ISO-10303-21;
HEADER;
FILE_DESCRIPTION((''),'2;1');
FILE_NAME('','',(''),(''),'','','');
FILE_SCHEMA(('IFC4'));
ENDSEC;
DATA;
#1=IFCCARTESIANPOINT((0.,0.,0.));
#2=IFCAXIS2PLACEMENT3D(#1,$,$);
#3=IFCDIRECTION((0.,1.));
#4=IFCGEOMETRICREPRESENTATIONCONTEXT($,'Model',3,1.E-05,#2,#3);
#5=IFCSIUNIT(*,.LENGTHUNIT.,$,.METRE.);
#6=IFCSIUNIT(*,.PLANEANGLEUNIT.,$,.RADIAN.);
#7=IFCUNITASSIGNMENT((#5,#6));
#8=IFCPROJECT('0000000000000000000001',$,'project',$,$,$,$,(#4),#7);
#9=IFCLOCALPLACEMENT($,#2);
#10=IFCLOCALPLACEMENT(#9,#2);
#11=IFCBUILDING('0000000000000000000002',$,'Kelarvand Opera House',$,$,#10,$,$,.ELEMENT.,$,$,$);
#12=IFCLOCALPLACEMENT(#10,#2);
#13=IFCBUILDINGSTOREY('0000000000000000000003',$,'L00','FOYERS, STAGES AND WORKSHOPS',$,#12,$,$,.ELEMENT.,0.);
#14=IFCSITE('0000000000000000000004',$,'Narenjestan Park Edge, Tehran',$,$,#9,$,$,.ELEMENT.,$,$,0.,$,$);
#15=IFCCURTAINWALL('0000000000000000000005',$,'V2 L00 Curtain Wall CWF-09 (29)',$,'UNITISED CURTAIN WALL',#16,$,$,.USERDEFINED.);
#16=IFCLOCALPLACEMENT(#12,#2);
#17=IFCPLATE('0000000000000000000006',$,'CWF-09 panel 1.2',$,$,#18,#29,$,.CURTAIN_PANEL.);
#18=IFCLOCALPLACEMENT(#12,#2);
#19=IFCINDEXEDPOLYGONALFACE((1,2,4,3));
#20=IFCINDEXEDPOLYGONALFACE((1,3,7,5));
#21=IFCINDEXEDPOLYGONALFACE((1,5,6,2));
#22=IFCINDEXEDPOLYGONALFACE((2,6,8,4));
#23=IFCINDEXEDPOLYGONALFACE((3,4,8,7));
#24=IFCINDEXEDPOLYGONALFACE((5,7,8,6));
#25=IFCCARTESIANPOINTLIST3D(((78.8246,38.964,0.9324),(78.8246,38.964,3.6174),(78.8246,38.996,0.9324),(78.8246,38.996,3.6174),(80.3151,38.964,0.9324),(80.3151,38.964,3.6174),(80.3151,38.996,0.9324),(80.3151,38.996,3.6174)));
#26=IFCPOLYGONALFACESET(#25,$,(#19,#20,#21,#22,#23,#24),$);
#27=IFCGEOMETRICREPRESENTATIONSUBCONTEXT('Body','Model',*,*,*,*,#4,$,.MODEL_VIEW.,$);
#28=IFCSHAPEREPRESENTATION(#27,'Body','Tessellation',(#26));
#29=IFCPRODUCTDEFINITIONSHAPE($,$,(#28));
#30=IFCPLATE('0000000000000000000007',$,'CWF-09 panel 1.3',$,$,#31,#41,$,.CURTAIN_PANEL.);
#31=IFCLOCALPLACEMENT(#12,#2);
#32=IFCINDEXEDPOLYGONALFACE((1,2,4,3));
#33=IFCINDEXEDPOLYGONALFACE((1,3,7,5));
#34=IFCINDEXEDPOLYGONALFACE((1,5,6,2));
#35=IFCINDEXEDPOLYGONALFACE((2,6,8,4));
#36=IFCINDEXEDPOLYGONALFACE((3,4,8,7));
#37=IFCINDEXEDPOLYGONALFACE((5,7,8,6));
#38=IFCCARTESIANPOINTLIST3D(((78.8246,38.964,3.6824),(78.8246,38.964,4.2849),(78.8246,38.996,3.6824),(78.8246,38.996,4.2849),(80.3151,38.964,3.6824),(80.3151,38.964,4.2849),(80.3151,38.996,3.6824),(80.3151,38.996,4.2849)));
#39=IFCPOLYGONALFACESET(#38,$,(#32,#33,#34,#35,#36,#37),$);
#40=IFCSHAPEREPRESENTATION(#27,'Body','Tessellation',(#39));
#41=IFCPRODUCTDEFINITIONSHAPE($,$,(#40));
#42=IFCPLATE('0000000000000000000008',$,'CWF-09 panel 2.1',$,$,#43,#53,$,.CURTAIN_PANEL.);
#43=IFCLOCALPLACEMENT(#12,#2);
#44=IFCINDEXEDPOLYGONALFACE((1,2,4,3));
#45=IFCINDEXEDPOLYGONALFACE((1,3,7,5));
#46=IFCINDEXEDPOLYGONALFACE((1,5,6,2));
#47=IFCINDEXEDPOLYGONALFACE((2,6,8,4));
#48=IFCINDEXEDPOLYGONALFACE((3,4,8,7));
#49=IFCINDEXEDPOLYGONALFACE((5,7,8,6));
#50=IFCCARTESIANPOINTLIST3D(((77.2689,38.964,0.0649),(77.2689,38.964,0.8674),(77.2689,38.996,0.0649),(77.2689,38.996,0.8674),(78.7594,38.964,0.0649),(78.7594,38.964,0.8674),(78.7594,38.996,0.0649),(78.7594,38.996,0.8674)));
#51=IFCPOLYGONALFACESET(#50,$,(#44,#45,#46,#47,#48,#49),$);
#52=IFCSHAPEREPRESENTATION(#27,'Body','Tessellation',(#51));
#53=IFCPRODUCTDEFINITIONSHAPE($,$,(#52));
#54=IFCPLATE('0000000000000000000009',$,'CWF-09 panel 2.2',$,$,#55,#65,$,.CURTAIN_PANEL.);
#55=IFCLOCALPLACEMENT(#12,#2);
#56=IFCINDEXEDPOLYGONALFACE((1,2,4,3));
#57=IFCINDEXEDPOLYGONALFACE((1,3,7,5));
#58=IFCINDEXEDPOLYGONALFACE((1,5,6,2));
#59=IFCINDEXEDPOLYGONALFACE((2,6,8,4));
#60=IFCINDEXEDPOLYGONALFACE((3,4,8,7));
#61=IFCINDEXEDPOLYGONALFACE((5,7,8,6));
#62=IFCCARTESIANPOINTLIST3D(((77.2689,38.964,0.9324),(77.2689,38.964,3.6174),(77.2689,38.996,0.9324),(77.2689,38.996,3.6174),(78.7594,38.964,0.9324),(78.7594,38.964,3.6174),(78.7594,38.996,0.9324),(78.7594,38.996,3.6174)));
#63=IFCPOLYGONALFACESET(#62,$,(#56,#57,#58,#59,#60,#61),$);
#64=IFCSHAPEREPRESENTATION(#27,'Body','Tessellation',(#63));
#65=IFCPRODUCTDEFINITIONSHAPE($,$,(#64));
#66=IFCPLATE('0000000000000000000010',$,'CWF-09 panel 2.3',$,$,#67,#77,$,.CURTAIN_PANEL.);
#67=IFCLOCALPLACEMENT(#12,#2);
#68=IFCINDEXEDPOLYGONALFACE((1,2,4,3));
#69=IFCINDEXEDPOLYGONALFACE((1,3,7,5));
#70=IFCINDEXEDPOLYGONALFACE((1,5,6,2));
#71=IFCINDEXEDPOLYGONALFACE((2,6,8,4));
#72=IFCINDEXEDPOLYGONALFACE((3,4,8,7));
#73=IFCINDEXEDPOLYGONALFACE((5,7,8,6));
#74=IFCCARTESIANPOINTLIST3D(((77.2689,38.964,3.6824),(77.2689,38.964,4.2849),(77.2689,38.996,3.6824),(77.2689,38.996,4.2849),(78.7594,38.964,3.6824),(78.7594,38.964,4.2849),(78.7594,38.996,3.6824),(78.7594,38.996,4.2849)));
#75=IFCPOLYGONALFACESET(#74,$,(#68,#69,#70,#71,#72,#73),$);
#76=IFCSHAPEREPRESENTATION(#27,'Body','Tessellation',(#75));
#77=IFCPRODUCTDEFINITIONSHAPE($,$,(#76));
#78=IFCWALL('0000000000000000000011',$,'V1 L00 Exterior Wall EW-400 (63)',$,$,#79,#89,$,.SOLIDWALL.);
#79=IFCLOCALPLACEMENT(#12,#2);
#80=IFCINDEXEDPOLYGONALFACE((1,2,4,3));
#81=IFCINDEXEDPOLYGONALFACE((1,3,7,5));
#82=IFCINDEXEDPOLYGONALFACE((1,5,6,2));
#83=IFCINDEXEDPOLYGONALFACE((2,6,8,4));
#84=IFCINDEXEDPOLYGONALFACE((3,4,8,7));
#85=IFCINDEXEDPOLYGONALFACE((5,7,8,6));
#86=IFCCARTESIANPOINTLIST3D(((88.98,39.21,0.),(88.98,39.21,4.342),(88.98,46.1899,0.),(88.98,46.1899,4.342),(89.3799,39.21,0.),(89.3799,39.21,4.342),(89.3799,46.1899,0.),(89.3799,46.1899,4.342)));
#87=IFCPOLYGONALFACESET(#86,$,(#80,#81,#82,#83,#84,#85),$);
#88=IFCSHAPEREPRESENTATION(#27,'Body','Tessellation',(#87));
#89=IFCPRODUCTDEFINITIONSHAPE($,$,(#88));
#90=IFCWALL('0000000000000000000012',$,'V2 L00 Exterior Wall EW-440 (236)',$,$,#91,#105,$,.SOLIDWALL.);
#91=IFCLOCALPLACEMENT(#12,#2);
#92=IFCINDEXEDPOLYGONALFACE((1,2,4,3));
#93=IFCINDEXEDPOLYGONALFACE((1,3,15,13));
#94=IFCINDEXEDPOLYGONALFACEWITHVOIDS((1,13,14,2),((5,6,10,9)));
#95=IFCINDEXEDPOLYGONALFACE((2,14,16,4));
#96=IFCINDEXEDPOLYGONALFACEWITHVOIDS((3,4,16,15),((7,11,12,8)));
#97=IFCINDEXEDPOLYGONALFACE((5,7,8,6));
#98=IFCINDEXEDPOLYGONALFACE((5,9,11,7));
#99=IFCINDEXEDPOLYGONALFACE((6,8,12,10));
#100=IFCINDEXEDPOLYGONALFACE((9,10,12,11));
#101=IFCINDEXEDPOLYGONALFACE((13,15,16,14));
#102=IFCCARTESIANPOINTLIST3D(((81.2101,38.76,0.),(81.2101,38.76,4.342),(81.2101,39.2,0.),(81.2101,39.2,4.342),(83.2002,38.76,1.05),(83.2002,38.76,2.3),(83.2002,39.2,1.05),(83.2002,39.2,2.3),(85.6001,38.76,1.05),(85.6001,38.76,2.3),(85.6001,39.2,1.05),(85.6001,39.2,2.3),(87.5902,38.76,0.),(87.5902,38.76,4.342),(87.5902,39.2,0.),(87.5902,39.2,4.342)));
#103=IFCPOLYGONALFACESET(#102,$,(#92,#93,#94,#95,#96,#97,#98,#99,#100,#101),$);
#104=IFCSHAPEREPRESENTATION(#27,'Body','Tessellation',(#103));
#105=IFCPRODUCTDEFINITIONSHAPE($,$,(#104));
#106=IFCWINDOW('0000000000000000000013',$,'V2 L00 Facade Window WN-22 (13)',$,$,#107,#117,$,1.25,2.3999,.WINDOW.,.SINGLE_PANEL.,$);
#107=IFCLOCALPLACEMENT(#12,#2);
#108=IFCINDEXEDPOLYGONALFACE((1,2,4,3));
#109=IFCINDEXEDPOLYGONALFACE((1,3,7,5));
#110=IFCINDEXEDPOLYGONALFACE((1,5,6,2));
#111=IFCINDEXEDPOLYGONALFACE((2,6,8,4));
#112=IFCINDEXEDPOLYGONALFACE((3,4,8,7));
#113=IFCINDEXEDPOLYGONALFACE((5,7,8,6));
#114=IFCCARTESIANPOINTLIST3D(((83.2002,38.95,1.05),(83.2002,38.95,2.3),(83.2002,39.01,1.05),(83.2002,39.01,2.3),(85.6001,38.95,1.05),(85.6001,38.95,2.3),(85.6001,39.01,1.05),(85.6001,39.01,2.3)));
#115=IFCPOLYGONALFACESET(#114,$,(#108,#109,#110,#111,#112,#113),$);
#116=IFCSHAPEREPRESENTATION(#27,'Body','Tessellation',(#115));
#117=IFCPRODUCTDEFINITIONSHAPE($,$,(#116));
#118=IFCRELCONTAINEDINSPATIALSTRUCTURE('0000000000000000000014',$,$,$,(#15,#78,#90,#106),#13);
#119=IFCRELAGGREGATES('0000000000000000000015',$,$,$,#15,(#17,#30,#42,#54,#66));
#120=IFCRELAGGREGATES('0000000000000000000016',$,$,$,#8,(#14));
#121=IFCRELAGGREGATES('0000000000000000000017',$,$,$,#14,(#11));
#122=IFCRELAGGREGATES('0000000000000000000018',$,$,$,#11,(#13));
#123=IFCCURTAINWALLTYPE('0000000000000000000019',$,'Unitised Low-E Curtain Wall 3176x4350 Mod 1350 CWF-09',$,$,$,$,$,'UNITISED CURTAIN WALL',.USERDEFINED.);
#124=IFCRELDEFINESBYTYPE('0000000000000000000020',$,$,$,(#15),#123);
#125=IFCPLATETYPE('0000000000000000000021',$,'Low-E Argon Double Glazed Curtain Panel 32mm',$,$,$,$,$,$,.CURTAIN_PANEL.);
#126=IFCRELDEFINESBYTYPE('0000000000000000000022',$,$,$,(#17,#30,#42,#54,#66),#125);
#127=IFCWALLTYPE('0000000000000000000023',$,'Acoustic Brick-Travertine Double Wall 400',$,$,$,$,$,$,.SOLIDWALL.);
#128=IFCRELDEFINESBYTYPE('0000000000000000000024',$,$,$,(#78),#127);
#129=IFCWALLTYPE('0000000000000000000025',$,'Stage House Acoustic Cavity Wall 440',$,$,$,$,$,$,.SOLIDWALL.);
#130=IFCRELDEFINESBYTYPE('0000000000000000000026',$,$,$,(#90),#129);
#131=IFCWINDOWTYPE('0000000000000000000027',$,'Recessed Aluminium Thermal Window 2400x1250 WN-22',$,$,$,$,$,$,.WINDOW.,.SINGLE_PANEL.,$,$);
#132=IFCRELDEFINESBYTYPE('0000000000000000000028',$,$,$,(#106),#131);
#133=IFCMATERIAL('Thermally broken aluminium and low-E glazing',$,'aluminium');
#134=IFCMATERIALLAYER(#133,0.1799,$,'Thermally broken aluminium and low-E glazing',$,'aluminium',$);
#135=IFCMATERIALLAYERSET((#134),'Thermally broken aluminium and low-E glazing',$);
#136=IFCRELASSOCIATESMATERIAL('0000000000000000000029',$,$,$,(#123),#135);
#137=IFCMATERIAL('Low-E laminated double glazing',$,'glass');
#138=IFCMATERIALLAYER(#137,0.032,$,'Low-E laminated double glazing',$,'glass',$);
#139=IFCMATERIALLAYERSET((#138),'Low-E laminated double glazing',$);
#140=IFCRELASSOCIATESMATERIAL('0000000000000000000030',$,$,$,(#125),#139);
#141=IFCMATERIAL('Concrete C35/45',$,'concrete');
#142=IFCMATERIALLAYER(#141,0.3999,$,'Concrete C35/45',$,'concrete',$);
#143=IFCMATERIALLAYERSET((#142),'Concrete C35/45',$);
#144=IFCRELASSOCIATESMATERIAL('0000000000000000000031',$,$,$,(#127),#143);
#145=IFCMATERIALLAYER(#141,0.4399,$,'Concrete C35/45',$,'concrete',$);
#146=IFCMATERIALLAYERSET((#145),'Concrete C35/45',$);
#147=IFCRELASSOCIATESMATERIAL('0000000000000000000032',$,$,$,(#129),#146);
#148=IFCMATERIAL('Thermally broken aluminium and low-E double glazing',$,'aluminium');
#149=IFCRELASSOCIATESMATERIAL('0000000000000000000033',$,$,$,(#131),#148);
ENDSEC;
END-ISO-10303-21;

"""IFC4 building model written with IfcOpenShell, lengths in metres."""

from ifc_helpers import new_model, si_unit, direction, frame, frame_2d, origin, origin_2d, place, context, subcontext, project, spatial, rectangle, extrude, material, layer, layer_set, type_object, element, fill, aggregate, save


model = new_model("IFC4")

# Units and contexts
model_context = context("Model", 3, precision=1e-05, world=origin(), true_north=direction((0.0, 1.0)))
body_context = subcontext(model_context, "Body", "Model", "MODEL_VIEW")
ifc_project = project(units=[si_unit("LENGTHUNIT", "METRE"), si_unit("PLANEANGLEUNIT", "RADIAN")], contexts=[model_context])

# Site, building, storey
site_placement = place(None, origin())
site = spatial("IfcSite", under=ifc_project, at=site_placement, Name="Narenjestan Park Edge, Tehran", CompositionType="ELEMENT", RefElevation=0.0)
building_placement = place(site_placement, origin())
building = spatial("IfcBuilding", under=site, at=building_placement, Name="Kelarvand Opera House", CompositionType="ELEMENT")
storey_placement = place(building_placement, origin())
storey = spatial("IfcBuildingStorey", under=building, at=storey_placement, Name="L00", Description="FOYERS, STAGES AND WORKSHOPS", CompositionType="ELEMENT", Elevation=0.0)

# Curtain wall
ifc_material_1 = material(Name="Thermally broken aluminium and low-E glazing", Category="aluminium")
ifc_layer_1 = layer(ifc_material_1, 0.1799, Name="Thermally broken aluminium and low-E glazing", Category="aluminium")
ifc_layer_set_1 = layer_set([ifc_layer_1], Name="Thermally broken aluminium and low-E glazing")
curtain_wall_type = type_object("IfcCurtainWallType", Name="Unitised Low-E Curtain Wall 3176x4350 Mod 1350 CWF-09", ElementType="UNITISED CURTAIN WALL", PredefinedType="USERDEFINED", material=ifc_layer_set_1)
curtain_wall_placement = place(storey_placement, origin())
curtain_wall = element("IfcCurtainWall", 1, at=curtain_wall_placement, inside=storey, type_object=curtain_wall_type, Name="V2 L00 Curtain Wall CWF-09 (29)", ObjectType="UNITISED CURTAIN WALL", PredefinedType="USERDEFINED")

# Plates
ifc_material_2 = material(Name="Low-E laminated double glazing", Category="glass")
ifc_layer_2 = layer(ifc_material_2, 0.032, Name="Low-E laminated double glazing", Category="glass")
ifc_layer_set_2 = layer_set([ifc_layer_2], Name="Low-E laminated double glazing")
plate_type = type_object("IfcPlateType", Name="Low-E Argon Double Glazed Curtain Panel 32mm", PredefinedType="CURTAIN_PANEL", material=ifc_layer_set_2)
plate_1_placement = place(storey_placement, frame((79.5698, 38.98, 0.9324), z_axis=(0.0, 0.0, 1.0), x_axis=(-1.0, 0.0, 0.0)))
plate_1 = element("IfcPlate", 2, at=plate_1_placement, type_object=plate_type, Name="CWF-09 panel 1.2", PredefinedType="CURTAIN_PANEL", context=body_context, shape_type="SweptSolid", body=[
    extrude(rectangle(XDim=1.4905, YDim=0.032, at=origin_2d()), origin(), (0.0, 0.0, 1.0), 2.6851),
])
plate_2_placement = place(storey_placement, frame((79.5698, 38.98, 3.6824), z_axis=(0.0, 0.0, 1.0), x_axis=(-1.0, 0.0, 0.0)))
plate_2 = element("IfcPlate", 3, at=plate_2_placement, type_object=plate_type, Name="CWF-09 panel 1.3", PredefinedType="CURTAIN_PANEL", context=body_context, shape_type="SweptSolid", body=[
    extrude(rectangle(XDim=1.4905, YDim=0.032, at=origin_2d()), origin(), (0.0, 0.0, 1.0), 0.6025),
])
plate_3_placement = place(storey_placement, frame((78.0142, 38.98, 0.0649), z_axis=(0.0, 0.0, 1.0), x_axis=(-1.0, 0.0, 0.0)))
plate_3 = element("IfcPlate", 4, at=plate_3_placement, type_object=plate_type, Name="CWF-09 panel 2.1", PredefinedType="CURTAIN_PANEL", context=body_context, shape_type="SweptSolid", body=[
    extrude(rectangle(XDim=1.4905, YDim=0.032, at=origin_2d()), origin(), (0.0, 0.0, 1.0), 0.8025),
])
plate_4_placement = place(storey_placement, frame((78.0142, 38.98, 0.9324), z_axis=(0.0, 0.0, 1.0), x_axis=(-1.0, 0.0, 0.0)))
plate_4 = element("IfcPlate", 5, at=plate_4_placement, type_object=plate_type, Name="CWF-09 panel 2.2", PredefinedType="CURTAIN_PANEL", context=body_context, shape_type="SweptSolid", body=[
    extrude(rectangle(XDim=1.4905, YDim=0.032, at=origin_2d()), origin(), (0.0, 0.0, 1.0), 2.6851),
])
plate_5_placement = place(storey_placement, frame((78.0142, 38.98, 3.6824), z_axis=(0.0, 0.0, 1.0), x_axis=(-1.0, 0.0, 0.0)))
plate_5 = element("IfcPlate", 6, at=plate_5_placement, type_object=plate_type, Name="CWF-09 panel 2.3", PredefinedType="CURTAIN_PANEL", context=body_context, shape_type="SweptSolid", body=[
    extrude(rectangle(XDim=1.4905, YDim=0.032, at=origin_2d()), origin(), (0.0, 0.0, 1.0), 0.6025),
])
aggregate(curtain_wall, [plate_1, plate_2, plate_3, plate_4, plate_5])

# Wall
ifc_material_3 = material(Name="Concrete C35/45", Category="concrete")
ifc_layer_3 = layer(ifc_material_3, 0.3999, Name="Concrete C35/45", Category="concrete")
ifc_layer_set_3 = layer_set([ifc_layer_3], Name="Concrete C35/45")
wall_type_1 = type_object("IfcWallType", Name="Acoustic Brick-Travertine Double Wall 400", PredefinedType="SOLIDWALL", material=ifc_layer_set_3)
wall_1_placement = place(storey_placement, frame((89.1799, 39.21, 0.0), z_axis=(0.0, 0.0, 1.0), x_axis=(0.0, 1.0, 0.0)))
element("IfcWall", 7, at=wall_1_placement, inside=storey, type_object=wall_type_1, Name="V1 L00 Exterior Wall EW-400 (63)", PredefinedType="SOLIDWALL", context=body_context, shape_type="SweptSolid", body=[
    extrude(rectangle(XDim=6.98, YDim=0.3999, at=frame_2d((3.49, 0.0))), origin(), (0.0, 0.0, 1.0), 4.342),
])

# Wall, opening, window
ifc_layer_4 = layer(ifc_material_3, 0.4399, Name="Concrete C35/45", Category="concrete")
ifc_layer_set_4 = layer_set([ifc_layer_4], Name="Concrete C35/45")
wall_type_2 = type_object("IfcWallType", Name="Stage House Acoustic Cavity Wall 440", PredefinedType="SOLIDWALL", material=ifc_layer_set_4)
wall_2_placement = place(storey_placement, frame((87.5901, 38.98, 0.0), z_axis=(0.0, 0.0, 1.0), x_axis=(-1.0, 0.0, 0.0)))
wall_2 = element("IfcWall", 8, at=wall_2_placement, inside=storey, type_object=wall_type_2, Name="V2 L00 Exterior Wall EW-440 (236)", PredefinedType="SOLIDWALL", context=body_context, shape_type="SweptSolid", body=[
    extrude(rectangle(XDim=6.3801, YDim=0.4399, at=frame_2d((3.1899, 0.0))), origin(), (0.0, 0.0, 1.0), 4.342),
])
opening_placement = place(wall_2_placement, frame((1.99, 0.0, 1.05)))
opening = element("IfcOpeningElement", 9, at=opening_placement, cuts=wall_2, PredefinedType="OPENING", context=body_context, shape_type="SweptSolid", body=[
    extrude(rectangle(XDim=2.3999, YDim=1.25, at=frame_2d((1.2, 0.625))), frame((0.0, 0.23, 0.0), z_axis=(0.0, -1.0, 0.0), x_axis=(1.0, 0.0, 0.0)), (0.0, 0.0, 1.0), 0.46),
])
ifc_material_4 = material(Name="Thermally broken aluminium and low-E double glazing", Category="aluminium")
window_type = type_object("IfcWindowType", Name="Recessed Aluminium Thermal Window 2400x1250 WN-22", PartitioningType="SINGLE_PANEL", PredefinedType="WINDOW", material=ifc_material_4)
window_placement = place(opening_placement, origin())
window = element("IfcWindow", 10, at=window_placement, inside=storey, type_object=window_type, Name="V2 L00 Facade Window WN-22 (13)", OverallHeight=1.25, OverallWidth=2.3999, PartitioningType="SINGLE_PANEL", PredefinedType="WINDOW", context=body_context, shape_type="SweptSolid", body=[
    extrude(rectangle(XDim=2.3999, YDim=1.25, at=frame_2d((1.2, 0.625))), frame((0.0, 0.03, 0.0), z_axis=(0.0, -1.0, 0.0), x_axis=(1.0, 0.0, 0.0)), (0.0, 0.0, 1.0), 0.0601),
])
fill(opening, window)

save(model, "model.ifc")
